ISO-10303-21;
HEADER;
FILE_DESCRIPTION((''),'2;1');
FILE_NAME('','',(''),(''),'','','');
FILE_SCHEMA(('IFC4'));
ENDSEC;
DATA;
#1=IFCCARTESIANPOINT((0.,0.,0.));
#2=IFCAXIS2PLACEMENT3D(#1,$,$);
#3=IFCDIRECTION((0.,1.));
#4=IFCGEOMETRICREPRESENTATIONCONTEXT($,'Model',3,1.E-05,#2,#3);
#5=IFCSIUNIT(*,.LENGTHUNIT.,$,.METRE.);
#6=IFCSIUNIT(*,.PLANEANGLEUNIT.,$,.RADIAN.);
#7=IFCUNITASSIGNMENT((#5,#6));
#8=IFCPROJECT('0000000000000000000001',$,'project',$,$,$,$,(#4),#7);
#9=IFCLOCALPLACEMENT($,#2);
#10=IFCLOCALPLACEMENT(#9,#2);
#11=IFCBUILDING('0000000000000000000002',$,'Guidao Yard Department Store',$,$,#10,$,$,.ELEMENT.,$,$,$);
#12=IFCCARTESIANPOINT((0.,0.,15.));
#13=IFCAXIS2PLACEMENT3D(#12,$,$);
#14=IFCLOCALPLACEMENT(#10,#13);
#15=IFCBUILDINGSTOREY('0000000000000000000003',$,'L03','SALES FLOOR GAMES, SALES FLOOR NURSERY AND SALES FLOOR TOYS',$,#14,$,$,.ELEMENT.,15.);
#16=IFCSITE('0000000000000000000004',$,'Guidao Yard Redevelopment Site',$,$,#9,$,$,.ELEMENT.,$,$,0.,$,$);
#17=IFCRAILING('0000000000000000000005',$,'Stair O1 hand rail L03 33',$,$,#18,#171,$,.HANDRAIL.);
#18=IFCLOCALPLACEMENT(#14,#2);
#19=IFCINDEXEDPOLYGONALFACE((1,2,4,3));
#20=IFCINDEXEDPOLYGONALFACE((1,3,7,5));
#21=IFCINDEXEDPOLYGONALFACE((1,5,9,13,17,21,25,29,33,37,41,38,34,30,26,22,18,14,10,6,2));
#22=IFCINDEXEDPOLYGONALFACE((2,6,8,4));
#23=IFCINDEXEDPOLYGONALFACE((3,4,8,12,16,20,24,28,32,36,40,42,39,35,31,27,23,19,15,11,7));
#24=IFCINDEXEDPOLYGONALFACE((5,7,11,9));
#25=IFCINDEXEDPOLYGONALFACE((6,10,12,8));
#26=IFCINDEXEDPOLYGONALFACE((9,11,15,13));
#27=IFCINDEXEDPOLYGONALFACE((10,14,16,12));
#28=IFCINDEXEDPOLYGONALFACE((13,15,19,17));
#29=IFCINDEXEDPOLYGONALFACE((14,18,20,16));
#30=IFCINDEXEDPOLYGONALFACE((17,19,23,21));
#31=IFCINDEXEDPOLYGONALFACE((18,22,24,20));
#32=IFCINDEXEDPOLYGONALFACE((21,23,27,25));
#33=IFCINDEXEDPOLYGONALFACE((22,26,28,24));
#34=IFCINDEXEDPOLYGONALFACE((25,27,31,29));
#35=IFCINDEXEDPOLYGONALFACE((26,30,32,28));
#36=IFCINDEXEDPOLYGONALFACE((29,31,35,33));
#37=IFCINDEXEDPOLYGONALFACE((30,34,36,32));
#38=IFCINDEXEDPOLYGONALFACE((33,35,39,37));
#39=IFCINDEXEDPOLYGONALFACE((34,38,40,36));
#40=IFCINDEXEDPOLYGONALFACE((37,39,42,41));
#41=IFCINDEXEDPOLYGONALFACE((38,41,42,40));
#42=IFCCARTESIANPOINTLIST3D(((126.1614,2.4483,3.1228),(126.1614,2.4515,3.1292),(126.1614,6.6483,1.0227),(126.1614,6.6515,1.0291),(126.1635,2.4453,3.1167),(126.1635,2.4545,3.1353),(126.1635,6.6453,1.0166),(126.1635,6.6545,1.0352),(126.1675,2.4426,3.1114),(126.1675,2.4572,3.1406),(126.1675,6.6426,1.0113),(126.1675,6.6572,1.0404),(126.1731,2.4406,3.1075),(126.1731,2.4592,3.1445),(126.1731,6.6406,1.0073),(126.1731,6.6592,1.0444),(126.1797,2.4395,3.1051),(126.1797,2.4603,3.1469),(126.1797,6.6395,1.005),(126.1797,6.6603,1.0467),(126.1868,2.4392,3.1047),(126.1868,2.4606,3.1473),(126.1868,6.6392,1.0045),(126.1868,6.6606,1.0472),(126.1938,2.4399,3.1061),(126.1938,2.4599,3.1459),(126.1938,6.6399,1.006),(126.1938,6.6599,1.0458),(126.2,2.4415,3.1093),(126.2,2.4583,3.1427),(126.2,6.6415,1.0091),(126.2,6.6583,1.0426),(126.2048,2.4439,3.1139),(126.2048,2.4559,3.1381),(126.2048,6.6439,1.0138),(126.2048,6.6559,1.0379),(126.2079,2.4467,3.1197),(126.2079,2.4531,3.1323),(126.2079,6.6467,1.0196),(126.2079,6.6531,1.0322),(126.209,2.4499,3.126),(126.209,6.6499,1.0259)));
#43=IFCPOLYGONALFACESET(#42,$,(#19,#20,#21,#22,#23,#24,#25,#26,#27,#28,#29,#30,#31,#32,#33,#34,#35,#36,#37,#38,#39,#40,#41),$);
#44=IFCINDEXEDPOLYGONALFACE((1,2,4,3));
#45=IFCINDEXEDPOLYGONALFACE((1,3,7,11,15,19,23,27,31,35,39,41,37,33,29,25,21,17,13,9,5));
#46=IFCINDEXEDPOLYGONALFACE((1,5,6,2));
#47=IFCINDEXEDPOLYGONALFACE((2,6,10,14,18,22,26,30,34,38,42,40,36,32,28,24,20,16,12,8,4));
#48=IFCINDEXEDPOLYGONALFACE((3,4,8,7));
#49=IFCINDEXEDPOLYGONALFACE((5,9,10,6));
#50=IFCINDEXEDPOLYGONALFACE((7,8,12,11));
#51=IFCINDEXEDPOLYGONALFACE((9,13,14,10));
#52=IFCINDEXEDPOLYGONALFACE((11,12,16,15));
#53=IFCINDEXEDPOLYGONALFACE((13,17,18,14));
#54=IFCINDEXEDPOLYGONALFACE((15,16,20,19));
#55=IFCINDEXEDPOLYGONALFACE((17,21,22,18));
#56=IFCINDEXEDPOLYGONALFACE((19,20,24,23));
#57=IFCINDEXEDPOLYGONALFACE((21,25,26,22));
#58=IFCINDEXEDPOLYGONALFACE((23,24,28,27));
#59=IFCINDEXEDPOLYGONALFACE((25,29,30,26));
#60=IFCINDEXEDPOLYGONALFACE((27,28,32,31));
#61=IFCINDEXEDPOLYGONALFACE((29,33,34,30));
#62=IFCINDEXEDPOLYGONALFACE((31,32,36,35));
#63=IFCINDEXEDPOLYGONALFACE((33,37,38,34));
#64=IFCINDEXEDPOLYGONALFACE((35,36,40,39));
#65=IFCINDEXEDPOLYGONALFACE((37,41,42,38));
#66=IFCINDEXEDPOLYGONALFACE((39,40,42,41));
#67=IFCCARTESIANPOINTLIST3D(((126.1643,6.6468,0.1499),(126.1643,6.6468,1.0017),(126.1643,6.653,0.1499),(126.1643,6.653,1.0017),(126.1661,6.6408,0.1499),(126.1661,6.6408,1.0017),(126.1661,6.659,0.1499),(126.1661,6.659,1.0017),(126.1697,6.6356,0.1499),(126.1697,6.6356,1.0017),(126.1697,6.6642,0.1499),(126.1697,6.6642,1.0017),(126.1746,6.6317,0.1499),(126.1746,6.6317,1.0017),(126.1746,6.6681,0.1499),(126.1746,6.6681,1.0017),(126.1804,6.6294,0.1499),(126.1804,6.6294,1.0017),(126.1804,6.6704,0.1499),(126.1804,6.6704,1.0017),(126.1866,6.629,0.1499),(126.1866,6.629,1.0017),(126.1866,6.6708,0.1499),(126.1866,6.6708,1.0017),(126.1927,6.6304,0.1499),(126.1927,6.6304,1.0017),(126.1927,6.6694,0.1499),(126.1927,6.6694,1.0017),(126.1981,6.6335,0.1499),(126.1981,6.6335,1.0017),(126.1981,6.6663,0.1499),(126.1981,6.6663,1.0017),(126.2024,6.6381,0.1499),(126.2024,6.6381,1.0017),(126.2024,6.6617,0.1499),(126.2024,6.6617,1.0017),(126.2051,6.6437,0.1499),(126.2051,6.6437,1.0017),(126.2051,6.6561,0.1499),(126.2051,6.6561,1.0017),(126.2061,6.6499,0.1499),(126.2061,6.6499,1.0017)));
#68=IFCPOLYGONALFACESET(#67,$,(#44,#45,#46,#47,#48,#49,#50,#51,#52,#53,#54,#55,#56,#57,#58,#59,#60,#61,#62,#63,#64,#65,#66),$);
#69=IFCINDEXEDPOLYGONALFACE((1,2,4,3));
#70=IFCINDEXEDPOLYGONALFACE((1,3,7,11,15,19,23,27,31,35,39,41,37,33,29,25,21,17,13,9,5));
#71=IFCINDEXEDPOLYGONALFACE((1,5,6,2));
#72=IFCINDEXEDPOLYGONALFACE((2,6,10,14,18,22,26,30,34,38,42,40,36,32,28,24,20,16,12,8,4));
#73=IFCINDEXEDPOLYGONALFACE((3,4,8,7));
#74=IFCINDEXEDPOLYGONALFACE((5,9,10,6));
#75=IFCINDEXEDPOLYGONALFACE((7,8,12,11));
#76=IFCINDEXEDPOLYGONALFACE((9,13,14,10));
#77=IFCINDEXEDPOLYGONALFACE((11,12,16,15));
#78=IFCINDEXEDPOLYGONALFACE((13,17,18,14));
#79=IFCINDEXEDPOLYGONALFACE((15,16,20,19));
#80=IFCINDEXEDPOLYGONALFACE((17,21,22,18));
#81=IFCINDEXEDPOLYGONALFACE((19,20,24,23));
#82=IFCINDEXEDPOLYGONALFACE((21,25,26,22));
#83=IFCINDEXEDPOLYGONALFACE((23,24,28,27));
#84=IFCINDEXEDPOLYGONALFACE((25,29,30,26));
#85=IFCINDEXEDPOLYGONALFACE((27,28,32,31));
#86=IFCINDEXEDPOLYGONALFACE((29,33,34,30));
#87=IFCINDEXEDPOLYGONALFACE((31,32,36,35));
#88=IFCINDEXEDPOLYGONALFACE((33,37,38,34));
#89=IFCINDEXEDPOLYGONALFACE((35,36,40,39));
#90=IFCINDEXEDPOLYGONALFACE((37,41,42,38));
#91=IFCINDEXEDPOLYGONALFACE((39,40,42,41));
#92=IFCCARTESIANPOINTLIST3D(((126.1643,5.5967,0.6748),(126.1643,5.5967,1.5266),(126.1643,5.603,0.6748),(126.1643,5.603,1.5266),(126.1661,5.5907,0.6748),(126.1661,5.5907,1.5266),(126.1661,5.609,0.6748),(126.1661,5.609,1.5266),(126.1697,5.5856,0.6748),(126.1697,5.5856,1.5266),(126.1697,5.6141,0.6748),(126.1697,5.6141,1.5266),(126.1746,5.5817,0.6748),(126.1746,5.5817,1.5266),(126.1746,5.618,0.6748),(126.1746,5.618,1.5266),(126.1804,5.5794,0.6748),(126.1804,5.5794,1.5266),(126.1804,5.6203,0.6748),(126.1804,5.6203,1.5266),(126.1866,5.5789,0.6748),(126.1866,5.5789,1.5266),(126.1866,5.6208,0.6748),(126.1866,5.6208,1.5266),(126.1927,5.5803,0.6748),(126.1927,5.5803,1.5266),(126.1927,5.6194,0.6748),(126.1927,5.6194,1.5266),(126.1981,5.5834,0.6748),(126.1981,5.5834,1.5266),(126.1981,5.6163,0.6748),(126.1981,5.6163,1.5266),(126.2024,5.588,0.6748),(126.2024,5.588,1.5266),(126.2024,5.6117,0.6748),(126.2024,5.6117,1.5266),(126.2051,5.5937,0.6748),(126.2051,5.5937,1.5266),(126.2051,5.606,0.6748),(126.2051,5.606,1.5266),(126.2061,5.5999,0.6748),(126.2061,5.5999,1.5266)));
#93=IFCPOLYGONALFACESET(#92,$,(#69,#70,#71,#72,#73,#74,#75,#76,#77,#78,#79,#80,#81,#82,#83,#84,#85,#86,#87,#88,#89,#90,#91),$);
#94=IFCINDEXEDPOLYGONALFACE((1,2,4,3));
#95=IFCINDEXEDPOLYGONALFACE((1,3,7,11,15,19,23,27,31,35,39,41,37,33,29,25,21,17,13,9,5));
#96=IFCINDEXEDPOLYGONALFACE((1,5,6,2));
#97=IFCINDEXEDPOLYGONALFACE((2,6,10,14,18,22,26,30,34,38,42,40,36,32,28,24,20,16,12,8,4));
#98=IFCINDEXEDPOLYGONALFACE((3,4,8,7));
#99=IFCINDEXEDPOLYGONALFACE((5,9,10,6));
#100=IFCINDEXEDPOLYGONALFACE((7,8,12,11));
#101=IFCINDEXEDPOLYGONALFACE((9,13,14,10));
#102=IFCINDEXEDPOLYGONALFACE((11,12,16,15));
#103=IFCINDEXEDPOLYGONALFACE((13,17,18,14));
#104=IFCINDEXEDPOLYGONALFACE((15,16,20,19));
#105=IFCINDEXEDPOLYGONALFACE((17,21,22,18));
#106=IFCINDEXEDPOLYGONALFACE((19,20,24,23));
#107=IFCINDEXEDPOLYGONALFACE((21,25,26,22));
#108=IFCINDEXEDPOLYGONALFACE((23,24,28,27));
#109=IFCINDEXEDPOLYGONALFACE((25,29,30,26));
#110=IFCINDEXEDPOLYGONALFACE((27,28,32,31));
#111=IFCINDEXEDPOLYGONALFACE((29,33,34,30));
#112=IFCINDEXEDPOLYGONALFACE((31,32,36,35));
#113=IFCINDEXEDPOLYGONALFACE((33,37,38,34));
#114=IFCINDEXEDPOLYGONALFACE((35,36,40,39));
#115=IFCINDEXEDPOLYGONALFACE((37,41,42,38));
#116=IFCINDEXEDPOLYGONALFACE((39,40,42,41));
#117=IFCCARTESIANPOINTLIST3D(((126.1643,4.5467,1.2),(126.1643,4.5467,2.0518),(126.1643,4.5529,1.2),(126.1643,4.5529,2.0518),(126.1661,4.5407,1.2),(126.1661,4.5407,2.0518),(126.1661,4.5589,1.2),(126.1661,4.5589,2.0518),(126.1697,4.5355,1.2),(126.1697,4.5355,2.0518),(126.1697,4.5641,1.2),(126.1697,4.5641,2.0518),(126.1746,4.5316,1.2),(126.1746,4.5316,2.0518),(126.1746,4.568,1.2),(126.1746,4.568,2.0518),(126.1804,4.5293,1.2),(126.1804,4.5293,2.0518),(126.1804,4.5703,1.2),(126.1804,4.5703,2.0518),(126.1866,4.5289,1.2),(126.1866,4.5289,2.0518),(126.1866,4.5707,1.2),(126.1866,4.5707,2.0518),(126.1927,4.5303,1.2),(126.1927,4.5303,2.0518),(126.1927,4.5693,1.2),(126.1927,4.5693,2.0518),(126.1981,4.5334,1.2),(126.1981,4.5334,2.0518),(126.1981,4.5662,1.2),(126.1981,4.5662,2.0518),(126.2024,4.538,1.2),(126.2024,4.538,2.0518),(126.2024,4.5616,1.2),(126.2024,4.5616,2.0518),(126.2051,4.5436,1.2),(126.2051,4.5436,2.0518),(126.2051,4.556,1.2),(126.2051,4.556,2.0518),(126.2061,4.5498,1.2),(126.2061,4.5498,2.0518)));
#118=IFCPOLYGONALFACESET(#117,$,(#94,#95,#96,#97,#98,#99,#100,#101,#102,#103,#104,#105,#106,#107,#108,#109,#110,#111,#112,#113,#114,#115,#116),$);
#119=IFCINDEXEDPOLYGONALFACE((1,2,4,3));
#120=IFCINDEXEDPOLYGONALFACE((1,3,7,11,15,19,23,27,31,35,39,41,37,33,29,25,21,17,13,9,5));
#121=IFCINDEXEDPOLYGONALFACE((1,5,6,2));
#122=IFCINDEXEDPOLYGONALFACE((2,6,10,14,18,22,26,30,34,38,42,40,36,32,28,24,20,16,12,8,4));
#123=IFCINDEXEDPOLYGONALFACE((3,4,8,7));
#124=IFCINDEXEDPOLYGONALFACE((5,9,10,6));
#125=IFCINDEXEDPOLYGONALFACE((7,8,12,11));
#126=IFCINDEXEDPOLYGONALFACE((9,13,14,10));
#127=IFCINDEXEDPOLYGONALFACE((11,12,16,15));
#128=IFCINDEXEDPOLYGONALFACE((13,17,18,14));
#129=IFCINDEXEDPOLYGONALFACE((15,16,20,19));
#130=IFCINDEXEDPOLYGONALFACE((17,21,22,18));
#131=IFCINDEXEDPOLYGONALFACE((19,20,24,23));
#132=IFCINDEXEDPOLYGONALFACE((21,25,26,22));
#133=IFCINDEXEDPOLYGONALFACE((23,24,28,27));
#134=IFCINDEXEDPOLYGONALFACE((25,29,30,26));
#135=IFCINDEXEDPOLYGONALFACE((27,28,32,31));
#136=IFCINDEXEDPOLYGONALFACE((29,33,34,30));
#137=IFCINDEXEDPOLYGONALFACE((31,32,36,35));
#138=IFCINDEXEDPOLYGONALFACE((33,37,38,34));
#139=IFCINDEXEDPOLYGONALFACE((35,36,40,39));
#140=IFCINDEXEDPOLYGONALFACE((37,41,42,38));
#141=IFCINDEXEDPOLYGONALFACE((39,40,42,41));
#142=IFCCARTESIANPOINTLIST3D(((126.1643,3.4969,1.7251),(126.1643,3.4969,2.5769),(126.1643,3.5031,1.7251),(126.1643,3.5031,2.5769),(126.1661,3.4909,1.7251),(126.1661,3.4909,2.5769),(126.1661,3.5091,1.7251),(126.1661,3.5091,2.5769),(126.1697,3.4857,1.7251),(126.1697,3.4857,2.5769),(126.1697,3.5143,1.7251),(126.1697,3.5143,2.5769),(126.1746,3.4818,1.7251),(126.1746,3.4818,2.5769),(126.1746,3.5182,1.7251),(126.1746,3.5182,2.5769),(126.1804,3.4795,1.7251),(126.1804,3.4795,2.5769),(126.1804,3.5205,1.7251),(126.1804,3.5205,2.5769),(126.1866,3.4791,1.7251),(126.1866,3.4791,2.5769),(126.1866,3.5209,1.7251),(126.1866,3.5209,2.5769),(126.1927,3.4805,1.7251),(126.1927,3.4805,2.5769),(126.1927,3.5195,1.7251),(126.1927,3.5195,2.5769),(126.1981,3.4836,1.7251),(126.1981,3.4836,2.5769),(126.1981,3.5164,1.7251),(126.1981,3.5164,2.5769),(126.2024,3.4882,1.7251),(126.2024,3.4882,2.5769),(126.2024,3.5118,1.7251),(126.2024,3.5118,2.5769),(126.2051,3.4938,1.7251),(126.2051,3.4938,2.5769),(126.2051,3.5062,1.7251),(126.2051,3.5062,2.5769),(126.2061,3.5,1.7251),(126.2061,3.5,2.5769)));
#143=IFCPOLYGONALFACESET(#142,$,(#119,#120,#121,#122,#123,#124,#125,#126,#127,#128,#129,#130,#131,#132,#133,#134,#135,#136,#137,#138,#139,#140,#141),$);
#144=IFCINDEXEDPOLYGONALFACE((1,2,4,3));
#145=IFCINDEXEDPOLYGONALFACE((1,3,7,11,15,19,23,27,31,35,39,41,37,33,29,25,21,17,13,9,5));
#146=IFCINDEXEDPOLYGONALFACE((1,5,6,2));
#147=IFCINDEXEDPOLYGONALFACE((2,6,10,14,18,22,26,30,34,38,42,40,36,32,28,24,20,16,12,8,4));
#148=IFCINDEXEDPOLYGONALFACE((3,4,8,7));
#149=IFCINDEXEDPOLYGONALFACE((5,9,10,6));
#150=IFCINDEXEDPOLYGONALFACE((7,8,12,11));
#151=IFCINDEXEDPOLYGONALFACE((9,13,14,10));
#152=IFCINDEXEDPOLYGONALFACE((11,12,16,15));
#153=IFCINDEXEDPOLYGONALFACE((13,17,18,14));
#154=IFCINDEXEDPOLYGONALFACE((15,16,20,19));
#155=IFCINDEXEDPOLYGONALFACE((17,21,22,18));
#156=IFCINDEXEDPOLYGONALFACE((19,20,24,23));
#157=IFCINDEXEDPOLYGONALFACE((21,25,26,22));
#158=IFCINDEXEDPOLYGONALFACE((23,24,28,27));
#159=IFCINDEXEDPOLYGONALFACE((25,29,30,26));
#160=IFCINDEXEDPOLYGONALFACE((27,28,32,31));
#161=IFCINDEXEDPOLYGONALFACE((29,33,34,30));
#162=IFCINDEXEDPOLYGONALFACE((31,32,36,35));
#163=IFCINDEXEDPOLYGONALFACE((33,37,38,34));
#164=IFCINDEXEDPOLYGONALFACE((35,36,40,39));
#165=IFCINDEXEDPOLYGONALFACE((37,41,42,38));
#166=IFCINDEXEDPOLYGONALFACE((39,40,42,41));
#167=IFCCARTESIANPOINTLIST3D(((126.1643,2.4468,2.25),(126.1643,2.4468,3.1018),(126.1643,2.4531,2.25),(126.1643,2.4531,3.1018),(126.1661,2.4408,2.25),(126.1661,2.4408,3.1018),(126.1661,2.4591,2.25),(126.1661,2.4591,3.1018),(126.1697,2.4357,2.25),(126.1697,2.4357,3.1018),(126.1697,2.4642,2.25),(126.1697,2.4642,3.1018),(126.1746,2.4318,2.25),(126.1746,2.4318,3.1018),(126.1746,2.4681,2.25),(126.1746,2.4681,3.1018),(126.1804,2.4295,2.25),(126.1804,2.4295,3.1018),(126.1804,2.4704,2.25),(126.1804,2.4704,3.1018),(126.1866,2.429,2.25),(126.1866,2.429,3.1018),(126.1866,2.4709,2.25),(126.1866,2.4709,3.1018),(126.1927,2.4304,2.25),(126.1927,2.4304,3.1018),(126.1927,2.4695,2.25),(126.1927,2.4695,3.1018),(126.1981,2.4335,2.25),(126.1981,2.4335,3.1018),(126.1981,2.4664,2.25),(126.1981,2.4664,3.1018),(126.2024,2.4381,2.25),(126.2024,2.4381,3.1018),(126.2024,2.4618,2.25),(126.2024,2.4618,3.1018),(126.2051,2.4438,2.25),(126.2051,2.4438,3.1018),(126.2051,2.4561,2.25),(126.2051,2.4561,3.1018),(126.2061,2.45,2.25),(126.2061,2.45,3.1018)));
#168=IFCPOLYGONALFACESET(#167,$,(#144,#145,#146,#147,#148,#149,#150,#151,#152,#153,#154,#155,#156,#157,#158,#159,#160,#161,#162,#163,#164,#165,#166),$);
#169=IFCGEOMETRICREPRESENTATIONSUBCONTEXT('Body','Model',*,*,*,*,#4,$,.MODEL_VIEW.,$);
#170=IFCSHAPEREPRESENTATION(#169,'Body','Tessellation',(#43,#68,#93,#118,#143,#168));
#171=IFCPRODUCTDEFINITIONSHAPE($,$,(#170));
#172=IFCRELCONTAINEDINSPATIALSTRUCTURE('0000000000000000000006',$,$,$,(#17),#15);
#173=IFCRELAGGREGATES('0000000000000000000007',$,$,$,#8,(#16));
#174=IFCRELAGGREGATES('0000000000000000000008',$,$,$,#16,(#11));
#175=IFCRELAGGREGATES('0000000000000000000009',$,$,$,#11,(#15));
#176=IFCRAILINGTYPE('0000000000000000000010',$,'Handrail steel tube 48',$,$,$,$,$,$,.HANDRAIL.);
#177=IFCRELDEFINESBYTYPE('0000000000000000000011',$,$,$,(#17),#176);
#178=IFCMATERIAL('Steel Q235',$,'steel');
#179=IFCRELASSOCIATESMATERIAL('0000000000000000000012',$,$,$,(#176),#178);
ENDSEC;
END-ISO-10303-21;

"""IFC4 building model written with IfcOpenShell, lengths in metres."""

from ifc_helpers import new_model, si_unit, direction, frame, origin, origin_2d, place, context, subcontext, project, spatial, circle, extrude, material, type_object, element, save


model = new_model("IFC4")

# Units and contexts
model_context = context("Model", 3, precision=1e-05, world=origin(), true_north=direction((0.0, 1.0)))
body_context = subcontext(model_context, "Body", "Model", "MODEL_VIEW")
ifc_project = project(units=[si_unit("LENGTHUNIT", "METRE"), si_unit("PLANEANGLEUNIT", "RADIAN")], contexts=[model_context])

# Site, building, storey
site_placement = place(None, origin())
site = spatial("IfcSite", under=ifc_project, at=site_placement, Name="Guidao Yard Redevelopment Site", CompositionType="ELEMENT", RefElevation=0.0)
building_placement = place(site_placement, origin())
building = spatial("IfcBuilding", under=site, at=building_placement, Name="Guidao Yard Department Store", CompositionType="ELEMENT")
storey_placement = place(building_placement, frame((0.0, 0.0, 15.0)))
storey = spatial("IfcBuildingStorey", under=building, at=storey_placement, Name="L03", Description="SALES FLOOR GAMES, SALES FLOOR NURSERY AND SALES FLOOR TOYS", CompositionType="ELEMENT", Elevation=15.0)

# Railing
ifc_material_1 = material(Name="Steel Q235", Category="steel")
railing_type = type_object("IfcRailingType", Name="Handrail steel tube 48", PredefinedType="HANDRAIL", material=ifc_material_1)
for number, where, name in (
    (1, (126.1851, 6.6499, 0.1499), "Stair O1 hand rail L03 33"),
):
    element("IfcRailing", number, at=place(storey_placement, frame(where)), inside=storey, type_object=railing_type, Name=name, PredefinedType="HANDRAIL", context=body_context, shape_type="SweptSolid", body=[
        extrude(circle(Radius=0.0239, at=origin_2d()), frame((0.0, 0.0, 0.876), z_axis=(0.0, -0.894417, 0.447234), x_axis=(1.0, 0.0, 0.0)), (0.0, 0.0, 1.0), 4.6958),
        extrude(circle(Radius=0.021, at=origin_2d()), origin(), (0.0, 0.0, 1.0), 0.8518),
        extrude(circle(Radius=0.021, at=origin_2d()), frame((0.0, -1.05, 0.5249)), (0.0, 0.0, 1.0), 0.8518),
        extrude(circle(Radius=0.021, at=origin_2d()), frame((0.0, -2.1001, 1.05)), (0.0, 0.0, 1.0), 0.8518),
        extrude(circle(Radius=0.021, at=origin_2d()), frame((0.0, -3.1499, 1.5752)), (0.0, 0.0, 1.0), 0.8518),
        extrude(circle(Radius=0.021, at=origin_2d()), frame((0.0, -4.2, 2.1001)), (0.0, 0.0, 1.0), 0.8518),
    ])

save(model, "model.ifc")
